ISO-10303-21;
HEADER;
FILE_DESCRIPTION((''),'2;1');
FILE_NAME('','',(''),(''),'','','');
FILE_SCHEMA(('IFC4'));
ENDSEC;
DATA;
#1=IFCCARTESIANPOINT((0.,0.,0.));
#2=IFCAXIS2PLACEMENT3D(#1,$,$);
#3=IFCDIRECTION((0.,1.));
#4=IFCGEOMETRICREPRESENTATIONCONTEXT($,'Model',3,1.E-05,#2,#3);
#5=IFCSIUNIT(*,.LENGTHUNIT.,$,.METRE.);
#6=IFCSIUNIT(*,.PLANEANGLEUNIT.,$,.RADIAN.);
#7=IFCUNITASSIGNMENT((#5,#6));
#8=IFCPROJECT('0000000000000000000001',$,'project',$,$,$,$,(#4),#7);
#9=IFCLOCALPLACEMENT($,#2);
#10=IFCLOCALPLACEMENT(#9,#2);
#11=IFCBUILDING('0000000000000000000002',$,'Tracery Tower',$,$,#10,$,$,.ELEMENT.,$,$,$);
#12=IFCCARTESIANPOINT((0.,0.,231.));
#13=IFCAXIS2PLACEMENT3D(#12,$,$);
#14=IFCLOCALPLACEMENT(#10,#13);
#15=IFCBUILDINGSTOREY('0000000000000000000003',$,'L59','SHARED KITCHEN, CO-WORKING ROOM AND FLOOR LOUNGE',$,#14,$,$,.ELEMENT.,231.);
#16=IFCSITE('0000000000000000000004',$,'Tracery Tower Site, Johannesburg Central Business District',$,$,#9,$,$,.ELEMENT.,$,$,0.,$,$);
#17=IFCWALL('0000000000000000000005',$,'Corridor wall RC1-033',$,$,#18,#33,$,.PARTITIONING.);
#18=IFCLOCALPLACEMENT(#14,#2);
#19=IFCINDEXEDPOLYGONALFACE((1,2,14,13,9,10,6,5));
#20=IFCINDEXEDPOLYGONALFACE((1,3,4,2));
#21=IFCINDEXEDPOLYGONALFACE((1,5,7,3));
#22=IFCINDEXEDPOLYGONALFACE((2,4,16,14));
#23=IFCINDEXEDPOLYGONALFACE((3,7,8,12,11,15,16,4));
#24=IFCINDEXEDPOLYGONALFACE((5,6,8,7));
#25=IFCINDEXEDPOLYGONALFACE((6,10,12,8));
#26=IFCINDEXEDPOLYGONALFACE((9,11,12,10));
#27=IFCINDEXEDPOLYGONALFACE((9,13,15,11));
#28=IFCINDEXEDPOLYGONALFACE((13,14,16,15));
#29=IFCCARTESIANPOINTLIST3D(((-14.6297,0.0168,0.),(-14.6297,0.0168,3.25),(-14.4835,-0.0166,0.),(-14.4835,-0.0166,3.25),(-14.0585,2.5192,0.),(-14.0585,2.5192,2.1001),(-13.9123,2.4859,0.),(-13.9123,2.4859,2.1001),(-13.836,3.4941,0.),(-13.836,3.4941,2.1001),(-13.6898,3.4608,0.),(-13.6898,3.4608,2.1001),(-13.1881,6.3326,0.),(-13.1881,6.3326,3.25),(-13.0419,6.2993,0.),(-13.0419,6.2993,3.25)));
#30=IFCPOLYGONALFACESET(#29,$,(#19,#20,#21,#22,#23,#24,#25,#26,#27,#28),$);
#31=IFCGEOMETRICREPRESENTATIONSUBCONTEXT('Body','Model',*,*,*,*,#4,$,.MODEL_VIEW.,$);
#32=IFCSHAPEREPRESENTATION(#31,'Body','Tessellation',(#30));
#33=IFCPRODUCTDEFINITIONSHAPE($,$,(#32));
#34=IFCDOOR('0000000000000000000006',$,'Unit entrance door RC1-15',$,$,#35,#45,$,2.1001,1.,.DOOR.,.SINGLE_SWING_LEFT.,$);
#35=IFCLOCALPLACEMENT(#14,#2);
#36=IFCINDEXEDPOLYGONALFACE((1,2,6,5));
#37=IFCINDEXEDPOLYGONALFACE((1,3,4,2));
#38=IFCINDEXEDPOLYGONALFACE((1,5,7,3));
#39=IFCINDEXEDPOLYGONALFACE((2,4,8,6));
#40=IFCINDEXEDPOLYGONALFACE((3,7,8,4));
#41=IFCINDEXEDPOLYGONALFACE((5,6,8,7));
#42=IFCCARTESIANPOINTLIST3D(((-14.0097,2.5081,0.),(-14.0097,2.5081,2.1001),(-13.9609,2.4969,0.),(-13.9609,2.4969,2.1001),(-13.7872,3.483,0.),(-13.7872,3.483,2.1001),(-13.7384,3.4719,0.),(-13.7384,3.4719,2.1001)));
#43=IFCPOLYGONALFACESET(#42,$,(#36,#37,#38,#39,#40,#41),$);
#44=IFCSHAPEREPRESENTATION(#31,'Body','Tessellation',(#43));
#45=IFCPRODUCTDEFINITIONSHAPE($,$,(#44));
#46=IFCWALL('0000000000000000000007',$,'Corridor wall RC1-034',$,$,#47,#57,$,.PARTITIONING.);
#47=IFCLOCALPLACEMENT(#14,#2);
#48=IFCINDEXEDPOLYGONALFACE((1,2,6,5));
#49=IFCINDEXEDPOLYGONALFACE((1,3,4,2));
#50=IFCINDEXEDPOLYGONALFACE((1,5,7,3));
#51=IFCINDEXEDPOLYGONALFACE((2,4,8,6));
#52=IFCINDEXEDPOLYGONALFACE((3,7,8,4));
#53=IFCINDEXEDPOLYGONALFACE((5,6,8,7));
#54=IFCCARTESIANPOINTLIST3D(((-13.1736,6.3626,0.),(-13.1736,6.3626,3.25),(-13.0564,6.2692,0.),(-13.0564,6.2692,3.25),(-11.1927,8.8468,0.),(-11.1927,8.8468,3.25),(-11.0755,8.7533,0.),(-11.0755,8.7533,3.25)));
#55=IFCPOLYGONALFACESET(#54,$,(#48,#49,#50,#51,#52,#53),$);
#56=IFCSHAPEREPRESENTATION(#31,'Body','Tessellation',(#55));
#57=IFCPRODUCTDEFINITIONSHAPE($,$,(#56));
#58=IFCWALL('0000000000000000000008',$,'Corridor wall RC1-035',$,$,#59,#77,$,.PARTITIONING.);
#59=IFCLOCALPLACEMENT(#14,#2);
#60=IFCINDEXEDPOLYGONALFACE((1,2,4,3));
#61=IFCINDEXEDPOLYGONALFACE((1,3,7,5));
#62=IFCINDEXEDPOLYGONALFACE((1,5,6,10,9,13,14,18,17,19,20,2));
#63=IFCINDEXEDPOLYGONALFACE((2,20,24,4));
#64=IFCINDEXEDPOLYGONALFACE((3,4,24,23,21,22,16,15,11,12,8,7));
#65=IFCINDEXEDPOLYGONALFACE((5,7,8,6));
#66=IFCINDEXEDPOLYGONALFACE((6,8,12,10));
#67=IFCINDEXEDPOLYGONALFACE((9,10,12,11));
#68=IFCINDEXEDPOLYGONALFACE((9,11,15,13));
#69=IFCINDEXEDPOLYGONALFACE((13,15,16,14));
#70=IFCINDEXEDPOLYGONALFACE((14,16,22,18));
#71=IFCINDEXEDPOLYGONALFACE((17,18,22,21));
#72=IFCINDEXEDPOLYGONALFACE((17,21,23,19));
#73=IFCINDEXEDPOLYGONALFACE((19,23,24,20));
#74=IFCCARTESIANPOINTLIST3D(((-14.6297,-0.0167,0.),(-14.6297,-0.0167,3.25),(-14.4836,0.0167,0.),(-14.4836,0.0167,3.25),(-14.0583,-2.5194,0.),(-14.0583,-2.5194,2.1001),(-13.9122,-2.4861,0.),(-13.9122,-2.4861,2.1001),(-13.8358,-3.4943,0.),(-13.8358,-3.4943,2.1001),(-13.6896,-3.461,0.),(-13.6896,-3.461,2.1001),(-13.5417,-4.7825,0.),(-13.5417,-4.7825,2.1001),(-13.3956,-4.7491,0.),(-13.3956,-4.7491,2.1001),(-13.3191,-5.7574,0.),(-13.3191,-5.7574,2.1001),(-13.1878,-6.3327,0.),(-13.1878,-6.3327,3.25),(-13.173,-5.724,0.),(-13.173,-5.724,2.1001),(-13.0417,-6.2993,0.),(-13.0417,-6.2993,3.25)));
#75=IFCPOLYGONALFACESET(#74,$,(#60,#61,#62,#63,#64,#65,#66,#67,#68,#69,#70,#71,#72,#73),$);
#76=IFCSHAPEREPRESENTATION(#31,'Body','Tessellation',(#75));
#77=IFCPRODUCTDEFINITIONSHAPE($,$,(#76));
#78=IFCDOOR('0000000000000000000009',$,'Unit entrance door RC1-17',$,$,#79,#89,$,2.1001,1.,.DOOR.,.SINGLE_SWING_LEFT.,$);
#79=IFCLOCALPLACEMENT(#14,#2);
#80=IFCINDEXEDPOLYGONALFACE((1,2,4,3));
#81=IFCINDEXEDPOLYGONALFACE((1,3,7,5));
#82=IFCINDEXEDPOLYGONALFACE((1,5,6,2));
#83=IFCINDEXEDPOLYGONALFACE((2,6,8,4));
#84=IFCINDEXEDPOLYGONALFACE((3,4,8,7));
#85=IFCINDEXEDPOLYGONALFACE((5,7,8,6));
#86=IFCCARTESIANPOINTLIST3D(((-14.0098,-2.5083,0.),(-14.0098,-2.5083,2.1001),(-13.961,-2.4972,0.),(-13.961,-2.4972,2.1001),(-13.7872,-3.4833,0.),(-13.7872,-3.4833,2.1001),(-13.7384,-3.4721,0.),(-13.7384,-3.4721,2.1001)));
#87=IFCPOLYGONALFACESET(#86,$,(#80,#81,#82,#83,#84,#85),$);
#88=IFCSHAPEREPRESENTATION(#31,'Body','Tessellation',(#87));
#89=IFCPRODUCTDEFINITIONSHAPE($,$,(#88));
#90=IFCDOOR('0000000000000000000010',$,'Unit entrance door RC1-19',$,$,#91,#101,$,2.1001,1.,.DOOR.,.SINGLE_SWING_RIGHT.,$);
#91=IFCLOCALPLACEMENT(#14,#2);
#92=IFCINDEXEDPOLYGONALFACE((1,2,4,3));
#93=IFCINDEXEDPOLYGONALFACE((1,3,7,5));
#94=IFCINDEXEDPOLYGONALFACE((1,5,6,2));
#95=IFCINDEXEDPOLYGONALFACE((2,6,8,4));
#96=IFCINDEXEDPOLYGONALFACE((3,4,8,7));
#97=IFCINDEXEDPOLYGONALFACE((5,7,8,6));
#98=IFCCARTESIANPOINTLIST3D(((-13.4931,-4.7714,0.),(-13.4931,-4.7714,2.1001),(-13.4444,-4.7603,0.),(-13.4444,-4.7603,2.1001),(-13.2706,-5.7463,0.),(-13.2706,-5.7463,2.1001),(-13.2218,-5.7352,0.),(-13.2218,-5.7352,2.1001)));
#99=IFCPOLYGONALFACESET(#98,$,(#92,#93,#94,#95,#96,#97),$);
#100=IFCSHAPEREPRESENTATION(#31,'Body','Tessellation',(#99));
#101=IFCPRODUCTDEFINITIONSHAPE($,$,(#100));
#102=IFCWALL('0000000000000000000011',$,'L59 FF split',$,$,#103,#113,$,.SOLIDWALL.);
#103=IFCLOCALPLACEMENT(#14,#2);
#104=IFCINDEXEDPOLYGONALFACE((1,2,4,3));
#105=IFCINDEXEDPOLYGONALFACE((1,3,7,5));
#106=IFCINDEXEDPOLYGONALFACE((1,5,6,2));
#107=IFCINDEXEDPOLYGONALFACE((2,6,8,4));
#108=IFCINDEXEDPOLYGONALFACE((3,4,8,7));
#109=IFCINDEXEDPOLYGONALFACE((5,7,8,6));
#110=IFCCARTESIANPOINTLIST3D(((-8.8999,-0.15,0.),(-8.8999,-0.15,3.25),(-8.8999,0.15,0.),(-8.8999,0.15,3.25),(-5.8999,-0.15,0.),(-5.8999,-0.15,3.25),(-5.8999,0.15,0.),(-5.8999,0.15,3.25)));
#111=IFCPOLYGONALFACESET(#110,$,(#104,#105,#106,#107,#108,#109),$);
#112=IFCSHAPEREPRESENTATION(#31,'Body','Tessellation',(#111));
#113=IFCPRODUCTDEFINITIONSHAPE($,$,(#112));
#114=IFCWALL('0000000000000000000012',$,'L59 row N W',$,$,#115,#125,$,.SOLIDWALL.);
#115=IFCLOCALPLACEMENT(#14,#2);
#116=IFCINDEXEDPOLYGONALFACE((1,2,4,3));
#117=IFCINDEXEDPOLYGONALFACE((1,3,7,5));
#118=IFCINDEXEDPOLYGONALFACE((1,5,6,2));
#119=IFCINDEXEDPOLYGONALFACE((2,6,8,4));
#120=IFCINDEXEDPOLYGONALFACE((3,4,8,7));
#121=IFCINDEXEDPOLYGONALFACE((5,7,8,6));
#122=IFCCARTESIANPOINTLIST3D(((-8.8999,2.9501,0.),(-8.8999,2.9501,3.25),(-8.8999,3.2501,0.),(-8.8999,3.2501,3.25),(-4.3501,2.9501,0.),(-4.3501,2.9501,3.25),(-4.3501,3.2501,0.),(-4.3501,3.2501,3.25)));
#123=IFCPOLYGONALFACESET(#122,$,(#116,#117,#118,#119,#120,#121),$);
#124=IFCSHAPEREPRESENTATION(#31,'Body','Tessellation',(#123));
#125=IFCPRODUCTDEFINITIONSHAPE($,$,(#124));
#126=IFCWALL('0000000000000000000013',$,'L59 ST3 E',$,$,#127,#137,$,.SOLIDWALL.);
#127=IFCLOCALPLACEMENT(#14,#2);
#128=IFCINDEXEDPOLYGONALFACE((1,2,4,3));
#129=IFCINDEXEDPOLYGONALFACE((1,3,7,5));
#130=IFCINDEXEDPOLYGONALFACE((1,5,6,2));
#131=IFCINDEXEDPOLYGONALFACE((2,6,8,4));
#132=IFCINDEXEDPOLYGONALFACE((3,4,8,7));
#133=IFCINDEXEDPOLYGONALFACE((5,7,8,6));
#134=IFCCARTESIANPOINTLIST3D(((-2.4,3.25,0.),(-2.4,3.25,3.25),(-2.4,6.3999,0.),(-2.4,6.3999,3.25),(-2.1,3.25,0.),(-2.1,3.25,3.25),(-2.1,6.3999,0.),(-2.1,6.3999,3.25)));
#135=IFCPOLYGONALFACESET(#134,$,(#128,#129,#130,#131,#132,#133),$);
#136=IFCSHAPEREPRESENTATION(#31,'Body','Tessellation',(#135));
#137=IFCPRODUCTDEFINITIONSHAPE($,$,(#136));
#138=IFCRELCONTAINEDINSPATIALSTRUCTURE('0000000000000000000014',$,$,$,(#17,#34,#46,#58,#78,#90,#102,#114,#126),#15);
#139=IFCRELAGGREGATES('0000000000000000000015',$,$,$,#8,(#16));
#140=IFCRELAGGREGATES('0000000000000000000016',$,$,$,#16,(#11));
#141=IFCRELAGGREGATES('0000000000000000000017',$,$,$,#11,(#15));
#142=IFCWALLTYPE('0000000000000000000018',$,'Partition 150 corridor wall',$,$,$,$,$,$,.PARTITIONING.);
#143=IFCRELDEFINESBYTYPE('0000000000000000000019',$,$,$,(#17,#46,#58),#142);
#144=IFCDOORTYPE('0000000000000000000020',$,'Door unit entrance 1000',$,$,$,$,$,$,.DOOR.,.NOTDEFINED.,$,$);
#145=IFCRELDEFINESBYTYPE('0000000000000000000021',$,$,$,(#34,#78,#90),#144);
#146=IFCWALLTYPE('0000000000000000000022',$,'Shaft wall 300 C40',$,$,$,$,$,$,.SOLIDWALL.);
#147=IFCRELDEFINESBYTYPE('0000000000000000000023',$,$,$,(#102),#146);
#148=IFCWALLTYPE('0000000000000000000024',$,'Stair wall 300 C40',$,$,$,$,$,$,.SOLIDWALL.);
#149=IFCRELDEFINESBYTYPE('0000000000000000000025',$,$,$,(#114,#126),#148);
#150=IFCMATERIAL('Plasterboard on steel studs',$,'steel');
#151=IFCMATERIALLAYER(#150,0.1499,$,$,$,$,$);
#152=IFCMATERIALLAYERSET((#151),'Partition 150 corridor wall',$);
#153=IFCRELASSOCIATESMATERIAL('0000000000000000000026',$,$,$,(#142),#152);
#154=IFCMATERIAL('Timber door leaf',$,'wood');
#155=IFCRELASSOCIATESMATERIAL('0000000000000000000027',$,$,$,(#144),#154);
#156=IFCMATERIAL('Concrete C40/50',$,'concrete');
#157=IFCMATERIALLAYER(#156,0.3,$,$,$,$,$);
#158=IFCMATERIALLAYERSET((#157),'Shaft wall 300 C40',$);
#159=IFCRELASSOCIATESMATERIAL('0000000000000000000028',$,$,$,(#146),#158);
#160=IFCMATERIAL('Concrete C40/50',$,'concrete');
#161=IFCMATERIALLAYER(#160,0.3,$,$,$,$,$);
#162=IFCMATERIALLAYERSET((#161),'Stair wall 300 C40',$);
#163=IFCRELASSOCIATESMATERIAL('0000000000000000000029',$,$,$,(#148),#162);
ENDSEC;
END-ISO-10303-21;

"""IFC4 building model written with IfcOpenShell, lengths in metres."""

from ifc_helpers import new_model, si_unit, direction, frame, frame_2d, origin, place, context, subcontext, project, spatial, rectangle, extrude, material, layer, layer_set, type_object, element, fill, save


model = new_model("IFC4")

# Units and contexts
model_context = context("Model", 3, precision=1e-05, world=origin(), true_north=direction((0.0, 1.0)))
body_context = subcontext(model_context, "Body", "Model", "MODEL_VIEW")
ifc_project = project(units=[si_unit("LENGTHUNIT", "METRE"), si_unit("PLANEANGLEUNIT", "RADIAN")], contexts=[model_context])

# Site, building, storey
site_placement = place(None, origin())
site = spatial("IfcSite", under=ifc_project, at=site_placement, Name="Tracery Tower Site, Johannesburg Central Business District", CompositionType="ELEMENT", RefElevation=0.0)
building_placement = place(site_placement, origin())
building = spatial("IfcBuilding", under=site, at=building_placement, Name="Tracery Tower", CompositionType="ELEMENT")
storey_placement = place(building_placement, frame((0.0, 0.0, 231.0)))
storey = spatial("IfcBuildingStorey", under=building, at=storey_placement, Name="L59", Description="SHARED KITCHEN, CO-WORKING ROOM AND FLOOR LOUNGE", CompositionType="ELEMENT", Elevation=231.0)

# Shared definitions
ifc_material_1 = material(Name="Plasterboard on steel studs", Category="steel")
ifc_layer_1 = layer(ifc_material_1, 0.1499)
ifc_layer_set_1 = layer_set([ifc_layer_1], Name="Partition 150 corridor wall")
wall_type_1 = type_object("IfcWallType", Name="Partition 150 corridor wall", PredefinedType="PARTITIONING", material=ifc_layer_set_1)

# Wall, opening, door
wall_1_placement = place(storey_placement, frame((-14.5566, 0.0, 0.0), z_axis=(0.0, 0.0, 1.0), x_axis=(0.222533, 0.974925, 0.0)))
wall_1 = element("IfcWall", 1, at=wall_1_placement, inside=storey, type_object=wall_type_1, Name="Corridor wall RC1-033", PredefinedType="PARTITIONING", context=body_context, shape_type="SweptSolid", body=[
    extrude(rectangle(XDim=6.4783, YDim=0.1499, at=frame_2d((3.2393, 0.0))), origin(), (0.0, 0.0, 1.0), 3.25),
])
opening_1_placement = place(wall_1_placement, frame((2.5669, 0.0, 0.0)))
opening_1 = element("IfcOpeningElement", 2, at=opening_1_placement, cuts=wall_1, PredefinedType="OPENING", context=body_context, shape_type="SweptSolid", body=[
    extrude(rectangle(XDim=1.0, YDim=2.1001, at=frame_2d((0.5, 1.05))), frame((0.0, 0.075, 0.0), z_axis=(0.0, -1.0, 0.0), x_axis=(1.0, 0.0, 0.0)), (0.0, 0.0, 1.0), 0.1499),
])
ifc_material_2 = material(Name="Timber door leaf", Category="wood")
door_type_1 = type_object("IfcDoorType", Name="Door unit entrance 1000", OperationType="NOTDEFINED", PredefinedType="DOOR", material=ifc_material_2)
door_1_placement = place(opening_1_placement, origin())
door_1 = element("IfcDoor", 3, at=door_1_placement, inside=storey, type_object=door_type_1, Name="Unit entrance door RC1-15", OperationType="SINGLE_SWING_LEFT", OverallHeight=2.1001, OverallWidth=1.0, PredefinedType="DOOR", context=body_context, shape_type="SweptSolid", body=[
    extrude(rectangle(XDim=1.0, YDim=2.1001, at=frame_2d((0.5, 1.05))), frame((0.0, 0.0249, 0.0), z_axis=(0.0, -1.0, 0.0), x_axis=(1.0, 0.0, 0.0)), (0.0, 0.0, 1.0), 0.05),
])
fill(opening_1, door_1)

# Wall
wall_2_placement = place(storey_placement, frame((-13.115, 6.3159, 0.0), z_axis=(0.0, 0.0, 1.0), x_axis=(0.623476, 0.781842, 0.0)))
element("IfcWall", 4, at=wall_2_placement, inside=storey, type_object=wall_type_1, Name="Corridor wall RC1-034", PredefinedType="PARTITIONING", context=body_context, shape_type="SweptSolid", body=[
    extrude(rectangle(XDim=3.1772, YDim=0.1499, at=frame_2d((1.5886, 0.0))), origin(), (0.0, 0.0, 1.0), 3.25),
])

# Wall, openings, doors
wall_3_placement = place(storey_placement, frame((-14.5566, 0.0, 0.0), z_axis=(0.0, 0.0, 1.0), x_axis=(0.222569, -0.974917, 0.0)))
wall_3 = element("IfcWall", 5, at=wall_3_placement, inside=storey, type_object=wall_type_1, Name="Corridor wall RC1-035", PredefinedType="PARTITIONING", context=body_context, shape_type="SweptSolid", body=[
    extrude(rectangle(XDim=6.4785, YDim=0.1499, at=frame_2d((3.2393, 0.0))), origin(), (0.0, 0.0, 1.0), 3.25),
])
opening_2_placement = place(wall_3_placement, frame((2.5671, 0.0, 0.0)))
opening_2 = element("IfcOpeningElement", 6, at=opening_2_placement, cuts=wall_3, PredefinedType="OPENING", context=body_context, shape_type="SweptSolid", body=[
    extrude(rectangle(XDim=1.0, YDim=2.1001, at=frame_2d((0.5, 1.05))), frame((0.0, 0.075, 0.0), z_axis=(0.0, -1.0, 0.0), x_axis=(1.0, 0.0, 0.0)), (0.0, 0.0, 1.0), 0.1499),
])
opening_3_placement = place(wall_3_placement, frame((4.8884, 0.0, 0.0)))
opening_3 = element("IfcOpeningElement", 7, at=opening_3_placement, cuts=wall_3, PredefinedType="OPENING", context=body_context, shape_type="SweptSolid", body=[
    extrude(rectangle(XDim=1.0, YDim=2.1001, at=frame_2d((0.5, 1.05))), frame((0.0, 0.075, 0.0), z_axis=(0.0, -1.0, 0.0), x_axis=(1.0, 0.0, 0.0)), (0.0, 0.0, 1.0), 0.1499),
])
door_2_placement = place(opening_2_placement, origin())
door_2 = element("IfcDoor", 8, at=door_2_placement, inside=storey, type_object=door_type_1, Name="Unit entrance door RC1-17", OperationType="SINGLE_SWING_LEFT", OverallHeight=2.1001, OverallWidth=1.0, PredefinedType="DOOR", context=body_context, shape_type="SweptSolid", body=[
    extrude(rectangle(XDim=1.0, YDim=2.1001, at=frame_2d((0.5, 1.05))), frame((0.0, 0.0249, 0.0), z_axis=(0.0, -1.0, 0.0), x_axis=(1.0, 0.0, 0.0)), (0.0, 0.0, 1.0), 0.05),
])
fill(opening_2, door_2)
door_3_placement = place(opening_3_placement, origin())
door_3 = element("IfcDoor", 9, at=door_3_placement, inside=storey, type_object=door_type_1, Name="Unit entrance door RC1-19", OperationType="SINGLE_SWING_RIGHT", OverallHeight=2.1001, OverallWidth=1.0, PredefinedType="DOOR", context=body_context, shape_type="SweptSolid", body=[
    extrude(rectangle(XDim=1.0, YDim=2.1001, at=frame_2d((0.5, 1.05))), frame((0.0, 0.0249, 0.0), z_axis=(0.0, -1.0, 0.0), x_axis=(1.0, 0.0, 0.0)), (0.0, 0.0, 1.0), 0.05),
])
fill(opening_3, door_3)

# Walls
ifc_material_3 = material(Name="Concrete C40/50", Category="concrete")
ifc_layer_2 = layer(ifc_material_3, 0.3)
ifc_layer_set_2 = layer_set([ifc_layer_2], Name="Shaft wall 300 C40")
wall_type_2 = type_object("IfcWallType", Name="Shaft wall 300 C40", PredefinedType="SOLIDWALL", material=ifc_layer_set_2)
wall_4_placement = place(storey_placement, frame((-8.8999, 0.0, 0.0), z_axis=(0.0, 0.0, 1.0), x_axis=(1.0, 0.0, 0.0)))
element("IfcWall", 10, at=wall_4_placement, inside=storey, type_object=wall_type_2, Name="L59 FF split", PredefinedType="SOLIDWALL", context=body_context, shape_type="SweptSolid", body=[
    extrude(rectangle(XDim=3.0, YDim=0.3, at=frame_2d((1.5, 0.0))), origin(), (0.0, 0.0, 1.0), 3.25),
])
ifc_material_4 = material(Name="Concrete C40/50", Category="concrete")
ifc_layer_3 = layer(ifc_material_4, 0.3)
ifc_layer_set_3 = layer_set([ifc_layer_3], Name="Stair wall 300 C40")
wall_type_3 = type_object("IfcWallType", Name="Stair wall 300 C40", PredefinedType="SOLIDWALL", material=ifc_layer_set_3)
wall_5_placement = place(storey_placement, frame((-8.8999, 3.1001, 0.0), z_axis=(0.0, 0.0, 1.0), x_axis=(1.0, 0.0, 0.0)))
element("IfcWall", 11, at=wall_5_placement, inside=storey, type_object=wall_type_3, Name="L59 row N W", PredefinedType="SOLIDWALL", context=body_context, shape_type="SweptSolid", body=[
    extrude(rectangle(XDim=4.5498, YDim=0.3, at=frame_2d((2.2749, 0.0))), origin(), (0.0, 0.0, 1.0), 3.25),
])

# Wall
wall_6_placement = place(storey_placement, frame((-2.25, 3.25, 0.0), z_axis=(0.0, 0.0, 1.0), x_axis=(0.0, 1.0, 0.0)))
element("IfcWall", 12, at=wall_6_placement, inside=storey, type_object=wall_type_3, Name="L59 ST3 E", PredefinedType="SOLIDWALL", context=body_context, shape_type="SweptSolid", body=[
    extrude(rectangle(XDim=3.1499, YDim=0.3, at=frame_2d((1.575, 0.0))), origin(), (0.0, 0.0, 1.0), 3.25),
])

save(model, "model.ifc")
